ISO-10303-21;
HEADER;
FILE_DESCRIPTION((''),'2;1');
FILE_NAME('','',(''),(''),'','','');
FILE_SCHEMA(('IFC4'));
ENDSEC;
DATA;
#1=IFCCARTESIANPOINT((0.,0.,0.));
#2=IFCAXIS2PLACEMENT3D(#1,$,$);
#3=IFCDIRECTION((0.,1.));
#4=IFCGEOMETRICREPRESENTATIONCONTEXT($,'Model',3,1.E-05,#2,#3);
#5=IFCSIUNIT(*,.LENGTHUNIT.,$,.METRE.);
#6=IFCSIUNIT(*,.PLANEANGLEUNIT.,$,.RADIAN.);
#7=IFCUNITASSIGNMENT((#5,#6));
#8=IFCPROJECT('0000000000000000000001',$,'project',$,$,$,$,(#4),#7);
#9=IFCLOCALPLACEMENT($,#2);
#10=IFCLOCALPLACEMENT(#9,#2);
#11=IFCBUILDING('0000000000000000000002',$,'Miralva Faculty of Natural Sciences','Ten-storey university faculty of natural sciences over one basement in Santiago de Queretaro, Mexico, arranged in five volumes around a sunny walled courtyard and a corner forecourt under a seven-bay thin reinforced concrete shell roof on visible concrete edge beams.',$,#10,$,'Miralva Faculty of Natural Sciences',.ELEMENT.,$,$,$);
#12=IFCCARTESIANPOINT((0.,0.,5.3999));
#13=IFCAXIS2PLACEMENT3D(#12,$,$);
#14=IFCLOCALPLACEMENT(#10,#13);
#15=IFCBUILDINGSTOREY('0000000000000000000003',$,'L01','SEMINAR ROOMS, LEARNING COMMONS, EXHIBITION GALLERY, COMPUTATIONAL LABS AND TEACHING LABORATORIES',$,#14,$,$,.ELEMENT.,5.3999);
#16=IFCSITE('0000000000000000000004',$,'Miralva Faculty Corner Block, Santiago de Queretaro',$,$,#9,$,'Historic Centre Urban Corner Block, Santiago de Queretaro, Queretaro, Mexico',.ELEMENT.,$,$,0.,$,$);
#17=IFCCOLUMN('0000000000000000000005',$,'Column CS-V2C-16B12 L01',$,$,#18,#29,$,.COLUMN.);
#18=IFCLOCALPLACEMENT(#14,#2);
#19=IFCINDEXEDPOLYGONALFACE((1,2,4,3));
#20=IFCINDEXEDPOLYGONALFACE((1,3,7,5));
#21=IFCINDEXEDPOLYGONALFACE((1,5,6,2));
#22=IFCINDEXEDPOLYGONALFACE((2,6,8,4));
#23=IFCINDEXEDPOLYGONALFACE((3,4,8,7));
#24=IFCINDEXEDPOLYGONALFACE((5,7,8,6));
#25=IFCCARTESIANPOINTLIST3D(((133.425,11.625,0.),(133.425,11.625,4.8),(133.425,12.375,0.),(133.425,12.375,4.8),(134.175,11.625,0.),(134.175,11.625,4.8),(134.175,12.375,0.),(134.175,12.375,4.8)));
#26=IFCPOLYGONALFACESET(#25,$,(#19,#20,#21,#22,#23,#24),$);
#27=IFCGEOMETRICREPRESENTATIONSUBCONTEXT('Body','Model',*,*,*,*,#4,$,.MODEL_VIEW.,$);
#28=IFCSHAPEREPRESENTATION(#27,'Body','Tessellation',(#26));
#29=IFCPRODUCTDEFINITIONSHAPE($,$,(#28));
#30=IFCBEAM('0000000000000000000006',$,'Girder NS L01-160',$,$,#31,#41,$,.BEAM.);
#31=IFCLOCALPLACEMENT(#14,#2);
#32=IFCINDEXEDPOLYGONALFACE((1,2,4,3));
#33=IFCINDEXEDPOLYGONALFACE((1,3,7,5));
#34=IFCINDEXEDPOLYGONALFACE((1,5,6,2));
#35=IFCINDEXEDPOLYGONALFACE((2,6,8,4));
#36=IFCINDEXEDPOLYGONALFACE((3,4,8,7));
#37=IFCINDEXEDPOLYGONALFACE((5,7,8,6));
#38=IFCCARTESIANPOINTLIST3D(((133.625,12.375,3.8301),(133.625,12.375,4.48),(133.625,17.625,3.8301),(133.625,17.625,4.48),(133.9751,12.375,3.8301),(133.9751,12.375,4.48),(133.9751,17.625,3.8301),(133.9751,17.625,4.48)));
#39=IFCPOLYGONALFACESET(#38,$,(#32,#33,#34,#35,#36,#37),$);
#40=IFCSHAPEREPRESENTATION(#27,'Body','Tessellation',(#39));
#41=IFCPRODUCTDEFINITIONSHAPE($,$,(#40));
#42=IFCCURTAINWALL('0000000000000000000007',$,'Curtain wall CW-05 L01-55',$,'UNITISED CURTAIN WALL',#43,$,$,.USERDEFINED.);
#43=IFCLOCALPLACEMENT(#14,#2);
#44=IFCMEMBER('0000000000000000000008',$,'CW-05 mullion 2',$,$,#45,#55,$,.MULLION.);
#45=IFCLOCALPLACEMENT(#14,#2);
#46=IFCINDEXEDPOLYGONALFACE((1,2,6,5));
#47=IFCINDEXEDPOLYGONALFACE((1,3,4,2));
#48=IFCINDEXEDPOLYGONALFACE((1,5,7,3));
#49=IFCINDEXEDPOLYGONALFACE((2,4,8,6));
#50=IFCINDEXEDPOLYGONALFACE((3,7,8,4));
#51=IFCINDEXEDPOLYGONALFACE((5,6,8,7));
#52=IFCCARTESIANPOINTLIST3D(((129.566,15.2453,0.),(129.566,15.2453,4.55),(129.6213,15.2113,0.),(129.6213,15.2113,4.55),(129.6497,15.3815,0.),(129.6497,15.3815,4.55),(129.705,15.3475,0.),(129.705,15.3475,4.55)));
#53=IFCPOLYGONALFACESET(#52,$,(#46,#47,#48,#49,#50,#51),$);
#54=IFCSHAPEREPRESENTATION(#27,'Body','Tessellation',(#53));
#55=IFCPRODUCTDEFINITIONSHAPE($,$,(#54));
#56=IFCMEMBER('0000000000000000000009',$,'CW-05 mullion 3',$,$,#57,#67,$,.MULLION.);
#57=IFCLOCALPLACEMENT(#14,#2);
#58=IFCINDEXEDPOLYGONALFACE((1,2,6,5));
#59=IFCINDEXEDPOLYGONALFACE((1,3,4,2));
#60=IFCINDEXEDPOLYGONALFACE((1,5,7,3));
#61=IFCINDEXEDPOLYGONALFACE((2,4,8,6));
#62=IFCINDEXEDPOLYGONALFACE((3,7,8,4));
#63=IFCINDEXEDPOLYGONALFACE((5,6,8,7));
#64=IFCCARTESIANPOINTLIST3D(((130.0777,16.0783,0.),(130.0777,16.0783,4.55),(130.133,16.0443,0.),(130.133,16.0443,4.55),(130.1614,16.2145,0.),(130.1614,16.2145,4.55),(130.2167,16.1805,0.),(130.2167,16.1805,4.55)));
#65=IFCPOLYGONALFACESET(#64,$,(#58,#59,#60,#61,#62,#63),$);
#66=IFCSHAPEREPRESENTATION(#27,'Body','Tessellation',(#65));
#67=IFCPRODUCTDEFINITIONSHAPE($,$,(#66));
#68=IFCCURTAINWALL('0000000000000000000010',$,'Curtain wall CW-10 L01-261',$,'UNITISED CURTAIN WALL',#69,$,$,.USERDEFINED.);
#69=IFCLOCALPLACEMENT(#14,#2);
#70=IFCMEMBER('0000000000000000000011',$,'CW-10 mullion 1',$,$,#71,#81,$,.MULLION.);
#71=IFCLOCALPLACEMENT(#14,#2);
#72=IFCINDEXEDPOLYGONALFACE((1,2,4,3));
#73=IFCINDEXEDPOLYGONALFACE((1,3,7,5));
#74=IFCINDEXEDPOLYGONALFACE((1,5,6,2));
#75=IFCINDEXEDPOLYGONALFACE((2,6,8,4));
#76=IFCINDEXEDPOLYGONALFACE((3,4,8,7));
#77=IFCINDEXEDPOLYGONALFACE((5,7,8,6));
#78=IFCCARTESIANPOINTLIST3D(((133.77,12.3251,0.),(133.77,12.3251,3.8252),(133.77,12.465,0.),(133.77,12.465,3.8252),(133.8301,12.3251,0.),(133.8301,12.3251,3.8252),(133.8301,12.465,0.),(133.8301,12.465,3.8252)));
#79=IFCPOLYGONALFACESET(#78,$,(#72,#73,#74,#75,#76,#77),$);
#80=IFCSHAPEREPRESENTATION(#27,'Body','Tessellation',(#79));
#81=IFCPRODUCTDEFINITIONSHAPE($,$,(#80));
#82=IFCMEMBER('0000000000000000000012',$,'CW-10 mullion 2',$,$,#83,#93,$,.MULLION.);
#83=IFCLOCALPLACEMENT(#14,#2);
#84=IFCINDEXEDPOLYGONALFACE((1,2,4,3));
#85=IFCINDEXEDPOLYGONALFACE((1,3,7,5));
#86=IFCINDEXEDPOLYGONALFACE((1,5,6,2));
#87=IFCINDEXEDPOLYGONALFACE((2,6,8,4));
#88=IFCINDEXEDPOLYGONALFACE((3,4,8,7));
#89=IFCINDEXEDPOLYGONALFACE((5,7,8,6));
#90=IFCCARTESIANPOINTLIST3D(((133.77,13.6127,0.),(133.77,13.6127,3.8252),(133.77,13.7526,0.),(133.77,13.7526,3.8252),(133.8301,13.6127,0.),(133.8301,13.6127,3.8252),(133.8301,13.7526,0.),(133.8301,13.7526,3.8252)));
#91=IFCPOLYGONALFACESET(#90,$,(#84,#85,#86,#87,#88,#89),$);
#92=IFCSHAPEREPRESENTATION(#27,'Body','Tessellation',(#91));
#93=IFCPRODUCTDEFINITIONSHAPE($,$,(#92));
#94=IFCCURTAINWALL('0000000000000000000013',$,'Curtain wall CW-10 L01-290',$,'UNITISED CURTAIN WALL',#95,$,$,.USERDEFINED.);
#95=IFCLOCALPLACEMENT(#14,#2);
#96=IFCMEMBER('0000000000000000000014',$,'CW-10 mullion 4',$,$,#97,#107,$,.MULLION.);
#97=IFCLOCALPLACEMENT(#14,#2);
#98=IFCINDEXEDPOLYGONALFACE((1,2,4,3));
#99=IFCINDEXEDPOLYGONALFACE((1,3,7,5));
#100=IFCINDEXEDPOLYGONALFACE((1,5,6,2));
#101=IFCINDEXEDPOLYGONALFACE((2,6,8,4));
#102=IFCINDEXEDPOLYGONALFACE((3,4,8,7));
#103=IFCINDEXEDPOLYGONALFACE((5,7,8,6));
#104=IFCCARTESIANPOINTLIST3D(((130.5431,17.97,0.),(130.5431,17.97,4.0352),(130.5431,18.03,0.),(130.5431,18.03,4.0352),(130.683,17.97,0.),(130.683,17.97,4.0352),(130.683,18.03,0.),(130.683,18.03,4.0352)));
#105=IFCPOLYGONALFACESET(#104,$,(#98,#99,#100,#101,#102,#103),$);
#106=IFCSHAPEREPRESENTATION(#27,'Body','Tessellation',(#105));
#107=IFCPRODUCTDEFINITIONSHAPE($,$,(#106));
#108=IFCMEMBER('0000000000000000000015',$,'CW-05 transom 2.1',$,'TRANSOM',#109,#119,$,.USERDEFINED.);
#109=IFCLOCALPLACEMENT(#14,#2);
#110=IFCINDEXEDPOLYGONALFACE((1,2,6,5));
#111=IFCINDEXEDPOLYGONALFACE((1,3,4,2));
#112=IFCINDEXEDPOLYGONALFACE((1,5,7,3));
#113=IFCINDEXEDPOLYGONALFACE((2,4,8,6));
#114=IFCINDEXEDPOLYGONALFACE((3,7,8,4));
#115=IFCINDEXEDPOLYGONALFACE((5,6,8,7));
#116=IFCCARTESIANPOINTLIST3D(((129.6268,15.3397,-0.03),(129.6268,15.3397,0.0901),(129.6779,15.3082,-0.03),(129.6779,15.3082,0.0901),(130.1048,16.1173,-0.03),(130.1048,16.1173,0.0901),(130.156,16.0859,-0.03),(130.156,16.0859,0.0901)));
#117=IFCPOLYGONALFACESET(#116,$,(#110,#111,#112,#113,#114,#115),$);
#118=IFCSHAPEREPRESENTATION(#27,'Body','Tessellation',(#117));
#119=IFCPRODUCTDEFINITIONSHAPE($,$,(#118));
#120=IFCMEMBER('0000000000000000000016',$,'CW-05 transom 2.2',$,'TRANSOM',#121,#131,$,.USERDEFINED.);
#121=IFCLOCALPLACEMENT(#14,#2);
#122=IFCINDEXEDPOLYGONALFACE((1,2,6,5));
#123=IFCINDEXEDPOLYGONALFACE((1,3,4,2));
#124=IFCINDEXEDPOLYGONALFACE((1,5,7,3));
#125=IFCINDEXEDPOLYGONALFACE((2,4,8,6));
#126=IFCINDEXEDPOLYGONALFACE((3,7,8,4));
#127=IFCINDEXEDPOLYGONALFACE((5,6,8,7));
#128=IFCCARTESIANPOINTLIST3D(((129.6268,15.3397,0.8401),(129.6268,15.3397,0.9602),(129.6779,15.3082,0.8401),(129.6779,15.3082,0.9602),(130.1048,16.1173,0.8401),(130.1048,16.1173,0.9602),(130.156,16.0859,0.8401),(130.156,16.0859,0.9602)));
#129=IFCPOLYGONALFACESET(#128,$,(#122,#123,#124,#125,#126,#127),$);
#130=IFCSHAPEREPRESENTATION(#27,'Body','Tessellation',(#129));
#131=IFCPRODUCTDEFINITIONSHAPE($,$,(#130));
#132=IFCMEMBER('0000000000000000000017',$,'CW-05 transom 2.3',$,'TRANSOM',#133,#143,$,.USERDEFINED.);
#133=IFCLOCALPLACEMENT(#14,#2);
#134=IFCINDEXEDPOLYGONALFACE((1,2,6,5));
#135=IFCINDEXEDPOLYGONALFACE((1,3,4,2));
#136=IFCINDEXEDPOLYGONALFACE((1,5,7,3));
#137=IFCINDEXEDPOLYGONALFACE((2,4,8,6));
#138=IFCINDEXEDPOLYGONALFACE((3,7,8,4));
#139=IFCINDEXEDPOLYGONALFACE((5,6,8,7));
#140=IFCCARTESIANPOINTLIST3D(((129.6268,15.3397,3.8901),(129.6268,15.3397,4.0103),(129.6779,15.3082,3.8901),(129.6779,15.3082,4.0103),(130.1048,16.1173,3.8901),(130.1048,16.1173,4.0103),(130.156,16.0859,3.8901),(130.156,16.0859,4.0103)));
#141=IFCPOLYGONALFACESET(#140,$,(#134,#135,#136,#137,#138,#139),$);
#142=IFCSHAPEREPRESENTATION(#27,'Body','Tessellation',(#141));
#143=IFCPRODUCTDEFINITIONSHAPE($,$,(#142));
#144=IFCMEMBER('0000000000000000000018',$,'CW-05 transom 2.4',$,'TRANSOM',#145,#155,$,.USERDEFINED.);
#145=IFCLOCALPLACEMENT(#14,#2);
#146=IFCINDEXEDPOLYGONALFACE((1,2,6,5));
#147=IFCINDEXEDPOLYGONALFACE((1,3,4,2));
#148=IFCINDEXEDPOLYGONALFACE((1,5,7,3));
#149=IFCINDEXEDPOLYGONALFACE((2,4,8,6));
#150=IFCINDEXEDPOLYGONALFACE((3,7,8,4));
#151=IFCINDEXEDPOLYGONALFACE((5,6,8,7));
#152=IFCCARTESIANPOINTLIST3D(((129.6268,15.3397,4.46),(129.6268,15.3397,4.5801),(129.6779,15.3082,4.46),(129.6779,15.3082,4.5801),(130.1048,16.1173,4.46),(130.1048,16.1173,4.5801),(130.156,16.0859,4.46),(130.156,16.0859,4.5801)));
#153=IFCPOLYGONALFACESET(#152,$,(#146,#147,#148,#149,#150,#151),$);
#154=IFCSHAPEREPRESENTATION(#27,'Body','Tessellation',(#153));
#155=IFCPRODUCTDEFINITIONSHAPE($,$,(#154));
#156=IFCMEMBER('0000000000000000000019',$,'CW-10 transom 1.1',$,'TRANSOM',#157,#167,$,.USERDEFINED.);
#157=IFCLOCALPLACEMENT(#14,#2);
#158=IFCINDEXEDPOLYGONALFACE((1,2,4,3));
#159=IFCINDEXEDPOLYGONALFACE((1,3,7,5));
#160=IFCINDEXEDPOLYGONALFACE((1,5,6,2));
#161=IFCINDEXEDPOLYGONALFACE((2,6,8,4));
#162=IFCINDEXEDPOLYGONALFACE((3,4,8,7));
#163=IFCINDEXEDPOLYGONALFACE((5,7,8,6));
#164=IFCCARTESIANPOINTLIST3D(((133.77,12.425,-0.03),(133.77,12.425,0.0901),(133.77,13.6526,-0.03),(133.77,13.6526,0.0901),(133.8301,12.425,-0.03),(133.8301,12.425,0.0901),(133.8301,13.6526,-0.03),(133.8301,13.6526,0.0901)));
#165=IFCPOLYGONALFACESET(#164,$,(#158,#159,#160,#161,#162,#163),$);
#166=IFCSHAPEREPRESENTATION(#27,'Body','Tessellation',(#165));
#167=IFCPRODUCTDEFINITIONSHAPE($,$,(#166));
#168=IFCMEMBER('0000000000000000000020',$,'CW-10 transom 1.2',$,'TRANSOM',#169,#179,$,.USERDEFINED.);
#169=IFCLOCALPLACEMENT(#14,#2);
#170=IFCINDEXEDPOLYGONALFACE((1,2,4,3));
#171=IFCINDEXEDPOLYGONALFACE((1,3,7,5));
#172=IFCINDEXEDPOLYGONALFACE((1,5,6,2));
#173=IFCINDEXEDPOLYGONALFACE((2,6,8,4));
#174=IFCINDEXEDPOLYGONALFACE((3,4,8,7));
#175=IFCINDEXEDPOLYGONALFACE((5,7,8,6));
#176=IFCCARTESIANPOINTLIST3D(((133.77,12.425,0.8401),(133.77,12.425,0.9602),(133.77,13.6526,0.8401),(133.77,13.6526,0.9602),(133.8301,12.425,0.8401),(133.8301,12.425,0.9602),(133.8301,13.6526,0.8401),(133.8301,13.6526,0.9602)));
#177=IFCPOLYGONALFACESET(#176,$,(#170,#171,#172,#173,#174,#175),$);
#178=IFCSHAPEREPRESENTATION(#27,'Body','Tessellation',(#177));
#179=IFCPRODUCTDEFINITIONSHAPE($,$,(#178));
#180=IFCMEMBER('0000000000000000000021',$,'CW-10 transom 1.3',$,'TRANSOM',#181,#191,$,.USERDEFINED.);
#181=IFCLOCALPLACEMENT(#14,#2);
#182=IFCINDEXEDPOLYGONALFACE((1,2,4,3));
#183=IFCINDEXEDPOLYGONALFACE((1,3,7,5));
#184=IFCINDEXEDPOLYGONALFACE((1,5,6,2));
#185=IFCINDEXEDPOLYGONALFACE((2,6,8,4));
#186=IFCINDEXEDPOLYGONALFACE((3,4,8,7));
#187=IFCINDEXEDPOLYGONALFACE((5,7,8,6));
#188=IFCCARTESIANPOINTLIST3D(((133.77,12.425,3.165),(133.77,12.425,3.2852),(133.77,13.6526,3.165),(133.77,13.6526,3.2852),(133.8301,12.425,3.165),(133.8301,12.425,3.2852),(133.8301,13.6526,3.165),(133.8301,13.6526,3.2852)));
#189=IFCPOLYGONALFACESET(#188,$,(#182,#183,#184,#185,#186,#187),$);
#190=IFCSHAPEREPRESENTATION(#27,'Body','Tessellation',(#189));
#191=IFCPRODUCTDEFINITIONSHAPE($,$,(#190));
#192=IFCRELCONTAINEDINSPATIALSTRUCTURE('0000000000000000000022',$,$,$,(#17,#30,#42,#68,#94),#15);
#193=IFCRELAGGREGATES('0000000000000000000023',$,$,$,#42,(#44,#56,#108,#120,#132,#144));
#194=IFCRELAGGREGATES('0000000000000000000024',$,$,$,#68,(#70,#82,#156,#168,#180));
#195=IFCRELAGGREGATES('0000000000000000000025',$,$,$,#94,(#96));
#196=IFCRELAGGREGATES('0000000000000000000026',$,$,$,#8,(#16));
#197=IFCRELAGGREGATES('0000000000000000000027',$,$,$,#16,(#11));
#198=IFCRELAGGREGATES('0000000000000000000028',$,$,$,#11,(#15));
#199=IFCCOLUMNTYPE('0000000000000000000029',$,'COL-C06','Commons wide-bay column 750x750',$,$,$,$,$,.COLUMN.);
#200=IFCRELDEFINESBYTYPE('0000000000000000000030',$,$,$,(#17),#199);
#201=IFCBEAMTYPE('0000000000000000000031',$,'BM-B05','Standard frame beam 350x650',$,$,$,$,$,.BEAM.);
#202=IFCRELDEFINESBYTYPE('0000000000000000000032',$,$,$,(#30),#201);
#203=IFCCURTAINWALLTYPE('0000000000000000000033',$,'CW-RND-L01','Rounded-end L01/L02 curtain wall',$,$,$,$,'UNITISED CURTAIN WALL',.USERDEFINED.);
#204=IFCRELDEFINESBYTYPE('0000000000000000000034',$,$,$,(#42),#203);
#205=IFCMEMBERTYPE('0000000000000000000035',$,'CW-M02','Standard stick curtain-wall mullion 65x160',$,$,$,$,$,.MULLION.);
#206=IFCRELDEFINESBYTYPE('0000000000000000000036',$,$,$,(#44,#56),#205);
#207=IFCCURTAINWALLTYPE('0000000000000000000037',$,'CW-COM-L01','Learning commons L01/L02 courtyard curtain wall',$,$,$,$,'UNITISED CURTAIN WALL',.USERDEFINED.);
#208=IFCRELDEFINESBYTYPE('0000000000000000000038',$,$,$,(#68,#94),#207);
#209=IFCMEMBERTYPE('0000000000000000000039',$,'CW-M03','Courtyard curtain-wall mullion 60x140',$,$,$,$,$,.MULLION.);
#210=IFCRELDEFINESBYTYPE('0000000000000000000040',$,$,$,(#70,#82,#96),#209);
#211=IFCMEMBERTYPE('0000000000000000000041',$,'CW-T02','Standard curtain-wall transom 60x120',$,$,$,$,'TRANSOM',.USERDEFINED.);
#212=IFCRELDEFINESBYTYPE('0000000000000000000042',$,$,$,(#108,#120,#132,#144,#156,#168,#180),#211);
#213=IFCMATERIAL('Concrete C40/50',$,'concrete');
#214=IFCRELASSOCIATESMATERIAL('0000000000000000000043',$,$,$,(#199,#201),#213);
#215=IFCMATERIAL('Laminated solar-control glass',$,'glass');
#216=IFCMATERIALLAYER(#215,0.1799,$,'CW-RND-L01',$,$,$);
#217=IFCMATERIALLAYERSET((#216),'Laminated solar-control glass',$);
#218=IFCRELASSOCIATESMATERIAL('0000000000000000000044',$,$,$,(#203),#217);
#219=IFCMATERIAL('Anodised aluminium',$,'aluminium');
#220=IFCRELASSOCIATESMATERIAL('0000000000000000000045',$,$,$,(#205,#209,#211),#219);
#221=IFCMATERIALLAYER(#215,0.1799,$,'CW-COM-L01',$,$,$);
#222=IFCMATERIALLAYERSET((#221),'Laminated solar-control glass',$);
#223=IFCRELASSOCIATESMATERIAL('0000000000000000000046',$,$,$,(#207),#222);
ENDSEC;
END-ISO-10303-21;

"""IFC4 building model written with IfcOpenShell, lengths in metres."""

from ifc_helpers import new_model, si_unit, direction, frame, origin, origin_2d, place, context, subcontext, project, spatial, rectangle, extrude, material, layer, layer_set, material_profile, profile_set, type_object, element, aggregate, save


model = new_model("IFC4")

# Units and contexts
model_context = context("Model", 3, precision=1e-05, world=origin(), true_north=direction((0.0, 1.0)))
body_context = subcontext(model_context, "Body", "Model", "MODEL_VIEW")
ifc_project = project(units=[si_unit("LENGTHUNIT", "METRE"), si_unit("PLANEANGLEUNIT", "RADIAN")], contexts=[model_context])

# Site, building, storey
site_placement = place(None, origin())
site = spatial("IfcSite", under=ifc_project, at=site_placement, Name="Miralva Faculty Corner Block, Santiago de Queretaro", LongName="Historic Centre Urban Corner Block, Santiago de Queretaro, Queretaro, Mexico", CompositionType="ELEMENT", RefElevation=0.0)
building_placement = place(site_placement, origin())
building = spatial("IfcBuilding", under=site, at=building_placement, Name="Miralva Faculty of Natural Sciences", Description="Ten-storey university faculty of natural sciences over one basement in Santiago de Queretaro, Mexico, arranged in five volumes around a sunny walled courtyard and a corner forecourt under a seven-bay thin reinforced concrete shell roof on visible concrete edge beams.", LongName="Miralva Faculty of Natural Sciences", CompositionType="ELEMENT")
storey_placement = place(building_placement, frame((0.0, 0.0, 5.3999)))
storey = spatial("IfcBuildingStorey", under=building, at=storey_placement, Name="L01", Description="SEMINAR ROOMS, LEARNING COMMONS, EXHIBITION GALLERY, COMPUTATIONAL LABS AND TEACHING LABORATORIES", CompositionType="ELEMENT", Elevation=5.3999)

# Column
ifc_material_1 = material(Name="Concrete C40/50", Category="concrete")
ifc_material_profile_1 = material_profile(ifc_material_1, rectangle(XDim=0.75, YDim=0.75, at=origin_2d()), Name="RC 750x750")
ifc_profile_set_1 = profile_set([ifc_material_profile_1], Name="Concrete C40/50")
column_type = type_object("IfcColumnType", Name="COL-C06", Description="Commons wide-bay column 750x750", PredefinedType="COLUMN", material=ifc_profile_set_1)
column_placement = place(storey_placement, frame((133.8, 12.0, 0.0), z_axis=(0.0, 0.0, 1.0), x_axis=(1.0, 0.0, 0.0)))
element("IfcColumn", 1, at=column_placement, inside=storey, type_object=column_type, Name="Column CS-V2C-16B12 L01", PredefinedType="COLUMN", context=body_context, shape_type="SweptSolid", body=[
    extrude(rectangle(XDim=0.75, YDim=0.75, at=origin_2d()), origin(), (0.0, 0.0, 1.0), 4.8),
])

# Beam
ifc_material_profile_2 = material_profile(ifc_material_1, rectangle(XDim=0.3501, YDim=0.6499, at=origin_2d()), Name="RC 350x650")
ifc_profile_set_2 = profile_set([ifc_material_profile_2], Name="Concrete C40/50")
beam_type = type_object("IfcBeamType", Name="BM-B05", Description="Standard frame beam 350x650", PredefinedType="BEAM", material=ifc_profile_set_2)
beam_placement = place(storey_placement, frame((133.8, 12.375, 4.155), z_axis=(0.0, 1.0, 0.0), x_axis=(-1.0, 0.0, 0.0)))
element("IfcBeam", 2, at=beam_placement, inside=storey, type_object=beam_type, Name="Girder NS L01-160", PredefinedType="BEAM", context=body_context, shape_type="SweptSolid", body=[
    extrude(rectangle(XDim=0.3501, YDim=0.6499, at=origin_2d()), origin(), (0.0, 0.0, 1.0), 5.25),
])

# Curtain walls, members
ifc_material_2 = material(Name="Laminated solar-control glass", Category="glass")
ifc_layer_1 = layer(ifc_material_2, 0.1799, Name="CW-RND-L01")
ifc_layer_set_1 = layer_set([ifc_layer_1], Name="Laminated solar-control glass")
curtain_wall_type_1 = type_object("IfcCurtainWallType", Name="CW-RND-L01", Description="Rounded-end L01/L02 curtain wall", ElementType="UNITISED CURTAIN WALL", PredefinedType="USERDEFINED", material=ifc_layer_set_1)
curtain_wall_1_placement = place(storey_placement, origin())
curtain_wall_1 = element("IfcCurtainWall", 3, at=curtain_wall_1_placement, inside=storey, type_object=curtain_wall_type_1, Name="Curtain wall CW-05 L01-55", ObjectType="UNITISED CURTAIN WALL", PredefinedType="USERDEFINED")
ifc_material_3 = material(Name="Anodised aluminium", Category="aluminium")
ifc_material_profile_3 = material_profile(ifc_material_3, rectangle(XDim=0.0649, YDim=0.1599, at=origin_2d()), Name="MULLION 65x160")
ifc_profile_set_3 = profile_set([ifc_material_profile_3], Name="Anodised aluminium")
member_type_1 = type_object("IfcMemberType", Name="CW-M02", Description="Standard stick curtain-wall mullion 65x160", PredefinedType="MULLION", material=ifc_profile_set_3)
member_1_placement = place(storey_placement, frame((129.6355, 15.2964, 0.0), z_axis=(0.0, 0.0, 1.0), x_axis=(-0.851995, 0.523551, 0.0)))
member_1 = element("IfcMember", 4, at=member_1_placement, type_object=member_type_1, Name="CW-05 mullion 2", PredefinedType="MULLION", context=body_context, shape_type="SweptSolid", body=[
    extrude(rectangle(XDim=0.0649, YDim=0.1599, at=origin_2d()), origin(), (0.0, 0.0, 1.0), 4.55),
])
member_2_placement = place(storey_placement, frame((130.1472, 16.1294, 0.0), z_axis=(0.0, 0.0, 1.0), x_axis=(-0.851995, 0.523551, 0.0)))
member_2 = element("IfcMember", 5, at=member_2_placement, type_object=member_type_1, Name="CW-05 mullion 3", PredefinedType="MULLION", context=body_context, shape_type="SweptSolid", body=[
    extrude(rectangle(XDim=0.0649, YDim=0.1599, at=origin_2d()), origin(), (0.0, 0.0, 1.0), 4.55),
])
ifc_layer_2 = layer(ifc_material_2, 0.1799, Name="CW-COM-L01")
ifc_layer_set_2 = layer_set([ifc_layer_2], Name="Laminated solar-control glass")
curtain_wall_type_2 = type_object("IfcCurtainWallType", Name="CW-COM-L01", Description="Learning commons L01/L02 courtyard curtain wall", ElementType="UNITISED CURTAIN WALL", PredefinedType="USERDEFINED", material=ifc_layer_set_2)
curtain_wall_2_placement = place(storey_placement, origin())
curtain_wall_2 = element("IfcCurtainWall", 6, at=curtain_wall_2_placement, inside=storey, type_object=curtain_wall_type_2, Name="Curtain wall CW-10 L01-261", ObjectType="UNITISED CURTAIN WALL", PredefinedType="USERDEFINED")
ifc_material_profile_4 = material_profile(ifc_material_3, rectangle(XDim=0.0601, YDim=0.1399, at=origin_2d()), Name="MULLION 60x140")
ifc_profile_set_4 = profile_set([ifc_material_profile_4], Name="Anodised aluminium")
member_type_2 = type_object("IfcMemberType", Name="CW-M03", Description="Courtyard curtain-wall mullion 60x140", PredefinedType="MULLION", material=ifc_profile_set_4)
member_3_placement = place(storey_placement, frame((133.8, 12.395, 0.0), z_axis=(0.0, 0.0, 1.0), x_axis=(-1.0, 0.0, 0.0)))
member_3 = element("IfcMember", 7, at=member_3_placement, type_object=member_type_2, Name="CW-10 mullion 1", PredefinedType="MULLION", context=body_context, shape_type="SweptSolid", body=[
    extrude(rectangle(XDim=0.0601, YDim=0.1399, at=origin_2d()), origin(), (0.0, 0.0, 1.0), 3.8252),
])
member_4_placement = place(storey_placement, frame((133.8, 13.6826, 0.0), z_axis=(0.0, 0.0, 1.0), x_axis=(-1.0, 0.0, 0.0)))
member_4 = element("IfcMember", 8, at=member_4_placement, type_object=member_type_2, Name="CW-10 mullion 2", PredefinedType="MULLION", context=body_context, shape_type="SweptSolid", body=[
    extrude(rectangle(XDim=0.0601, YDim=0.1399, at=origin_2d()), origin(), (0.0, 0.0, 1.0), 3.8252),
])

# Curtain wall, member
curtain_wall_3_placement = place(storey_placement, origin())
curtain_wall_3 = element("IfcCurtainWall", 9, at=curtain_wall_3_placement, inside=storey, type_object=curtain_wall_type_2, Name="Curtain wall CW-10 L01-290", ObjectType="UNITISED CURTAIN WALL", PredefinedType="USERDEFINED")
member_5_placement = place(storey_placement, frame((130.613, 18.0, 0.0), z_axis=(0.0, 0.0, 1.0), x_axis=(0.0, 1.0, 0.0)))
member_5 = element("IfcMember", 10, at=member_5_placement, type_object=member_type_2, Name="CW-10 mullion 4", PredefinedType="MULLION", context=body_context, shape_type="SweptSolid", body=[
    extrude(rectangle(XDim=0.0601, YDim=0.1399, at=origin_2d()), origin(), (0.0, 0.0, 1.0), 4.0352),
])

# Members
ifc_material_profile_5 = material_profile(ifc_material_3, rectangle(XDim=0.0601, YDim=0.1201, at=origin_2d()), Name="TRANSOM 60x120")
ifc_profile_set_5 = profile_set([ifc_material_profile_5], Name="Anodised aluminium")
member_type_3 = type_object("IfcMemberType", Name="CW-T02", Description="Standard curtain-wall transom 60x120", ElementType="TRANSOM", PredefinedType="USERDEFINED", material=ifc_profile_set_5)
member_6_placement = place(storey_placement, frame((129.6523, 15.324, 0.03), z_axis=(0.523709, 0.851897, 0.0), x_axis=(-0.851897, 0.523709, 0.0)))
member_6 = element("IfcMember", 11, at=member_6_placement, type_object=member_type_3, Name="CW-05 transom 2.1", ObjectType="TRANSOM", PredefinedType="USERDEFINED", context=body_context, shape_type="SweptSolid", body=[
    extrude(rectangle(XDim=0.0601, YDim=0.1201, at=origin_2d()), origin(), (0.0, 0.0, 1.0), 0.9128),
])
member_7_placement = place(storey_placement, frame((129.6523, 15.324, 0.9001), z_axis=(0.523709, 0.851897, 0.0), x_axis=(-0.851897, 0.523709, 0.0)))
member_7 = element("IfcMember", 12, at=member_7_placement, type_object=member_type_3, Name="CW-05 transom 2.2", ObjectType="TRANSOM", PredefinedType="USERDEFINED", context=body_context, shape_type="SweptSolid", body=[
    extrude(rectangle(XDim=0.0601, YDim=0.1201, at=origin_2d()), origin(), (0.0, 0.0, 1.0), 0.9128),
])
member_8_placement = place(storey_placement, frame((129.6523, 15.324, 3.9502), z_axis=(0.523709, 0.851897, 0.0), x_axis=(-0.851897, 0.523709, 0.0)))
member_8 = element("IfcMember", 13, at=member_8_placement, type_object=member_type_3, Name="CW-05 transom 2.3", ObjectType="TRANSOM", PredefinedType="USERDEFINED", context=body_context, shape_type="SweptSolid", body=[
    extrude(rectangle(XDim=0.0601, YDim=0.1201, at=origin_2d()), origin(), (0.0, 0.0, 1.0), 0.9128),
])
member_9_placement = place(storey_placement, frame((129.6523, 15.324, 4.52), z_axis=(0.523709, 0.851897, 0.0), x_axis=(-0.851897, 0.523709, 0.0)))
member_9 = element("IfcMember", 14, at=member_9_placement, type_object=member_type_3, Name="CW-05 transom 2.4", ObjectType="TRANSOM", PredefinedType="USERDEFINED", context=body_context, shape_type="SweptSolid", body=[
    extrude(rectangle(XDim=0.0601, YDim=0.1201, at=origin_2d()), origin(), (0.0, 0.0, 1.0), 0.9128),
])
member_10_placement = place(storey_placement, frame((133.8, 12.425, 0.03), z_axis=(0.0, 1.0, 0.0), x_axis=(-1.0, 0.0, 0.0)))
member_10 = element("IfcMember", 15, at=member_10_placement, type_object=member_type_3, Name="CW-10 transom 1.1", ObjectType="TRANSOM", PredefinedType="USERDEFINED", context=body_context, shape_type="SweptSolid", body=[
    extrude(rectangle(XDim=0.0601, YDim=0.1201, at=origin_2d()), origin(), (0.0, 0.0, 1.0), 1.2275),
])
member_11_placement = place(storey_placement, frame((133.8, 12.425, 0.9001), z_axis=(0.0, 1.0, 0.0), x_axis=(-1.0, 0.0, 0.0)))
member_11 = element("IfcMember", 16, at=member_11_placement, type_object=member_type_3, Name="CW-10 transom 1.2", ObjectType="TRANSOM", PredefinedType="USERDEFINED", context=body_context, shape_type="SweptSolid", body=[
    extrude(rectangle(XDim=0.0601, YDim=0.1201, at=origin_2d()), origin(), (0.0, 0.0, 1.0), 1.2275),
])
member_12_placement = place(storey_placement, frame((133.8, 12.425, 3.2251), z_axis=(0.0, 1.0, 0.0), x_axis=(-1.0, 0.0, 0.0)))
member_12 = element("IfcMember", 17, at=member_12_placement, type_object=member_type_3, Name="CW-10 transom 1.3", ObjectType="TRANSOM", PredefinedType="USERDEFINED", context=body_context, shape_type="SweptSolid", body=[
    extrude(rectangle(XDim=0.0601, YDim=0.1201, at=origin_2d()), origin(), (0.0, 0.0, 1.0), 1.2275),
])

aggregate(curtain_wall_1, [member_1, member_2, member_6, member_7, member_8, member_9])
aggregate(curtain_wall_2, [member_3, member_4, member_10, member_11, member_12])
aggregate(curtain_wall_3, [member_5])

save(model, "model.ifc")
